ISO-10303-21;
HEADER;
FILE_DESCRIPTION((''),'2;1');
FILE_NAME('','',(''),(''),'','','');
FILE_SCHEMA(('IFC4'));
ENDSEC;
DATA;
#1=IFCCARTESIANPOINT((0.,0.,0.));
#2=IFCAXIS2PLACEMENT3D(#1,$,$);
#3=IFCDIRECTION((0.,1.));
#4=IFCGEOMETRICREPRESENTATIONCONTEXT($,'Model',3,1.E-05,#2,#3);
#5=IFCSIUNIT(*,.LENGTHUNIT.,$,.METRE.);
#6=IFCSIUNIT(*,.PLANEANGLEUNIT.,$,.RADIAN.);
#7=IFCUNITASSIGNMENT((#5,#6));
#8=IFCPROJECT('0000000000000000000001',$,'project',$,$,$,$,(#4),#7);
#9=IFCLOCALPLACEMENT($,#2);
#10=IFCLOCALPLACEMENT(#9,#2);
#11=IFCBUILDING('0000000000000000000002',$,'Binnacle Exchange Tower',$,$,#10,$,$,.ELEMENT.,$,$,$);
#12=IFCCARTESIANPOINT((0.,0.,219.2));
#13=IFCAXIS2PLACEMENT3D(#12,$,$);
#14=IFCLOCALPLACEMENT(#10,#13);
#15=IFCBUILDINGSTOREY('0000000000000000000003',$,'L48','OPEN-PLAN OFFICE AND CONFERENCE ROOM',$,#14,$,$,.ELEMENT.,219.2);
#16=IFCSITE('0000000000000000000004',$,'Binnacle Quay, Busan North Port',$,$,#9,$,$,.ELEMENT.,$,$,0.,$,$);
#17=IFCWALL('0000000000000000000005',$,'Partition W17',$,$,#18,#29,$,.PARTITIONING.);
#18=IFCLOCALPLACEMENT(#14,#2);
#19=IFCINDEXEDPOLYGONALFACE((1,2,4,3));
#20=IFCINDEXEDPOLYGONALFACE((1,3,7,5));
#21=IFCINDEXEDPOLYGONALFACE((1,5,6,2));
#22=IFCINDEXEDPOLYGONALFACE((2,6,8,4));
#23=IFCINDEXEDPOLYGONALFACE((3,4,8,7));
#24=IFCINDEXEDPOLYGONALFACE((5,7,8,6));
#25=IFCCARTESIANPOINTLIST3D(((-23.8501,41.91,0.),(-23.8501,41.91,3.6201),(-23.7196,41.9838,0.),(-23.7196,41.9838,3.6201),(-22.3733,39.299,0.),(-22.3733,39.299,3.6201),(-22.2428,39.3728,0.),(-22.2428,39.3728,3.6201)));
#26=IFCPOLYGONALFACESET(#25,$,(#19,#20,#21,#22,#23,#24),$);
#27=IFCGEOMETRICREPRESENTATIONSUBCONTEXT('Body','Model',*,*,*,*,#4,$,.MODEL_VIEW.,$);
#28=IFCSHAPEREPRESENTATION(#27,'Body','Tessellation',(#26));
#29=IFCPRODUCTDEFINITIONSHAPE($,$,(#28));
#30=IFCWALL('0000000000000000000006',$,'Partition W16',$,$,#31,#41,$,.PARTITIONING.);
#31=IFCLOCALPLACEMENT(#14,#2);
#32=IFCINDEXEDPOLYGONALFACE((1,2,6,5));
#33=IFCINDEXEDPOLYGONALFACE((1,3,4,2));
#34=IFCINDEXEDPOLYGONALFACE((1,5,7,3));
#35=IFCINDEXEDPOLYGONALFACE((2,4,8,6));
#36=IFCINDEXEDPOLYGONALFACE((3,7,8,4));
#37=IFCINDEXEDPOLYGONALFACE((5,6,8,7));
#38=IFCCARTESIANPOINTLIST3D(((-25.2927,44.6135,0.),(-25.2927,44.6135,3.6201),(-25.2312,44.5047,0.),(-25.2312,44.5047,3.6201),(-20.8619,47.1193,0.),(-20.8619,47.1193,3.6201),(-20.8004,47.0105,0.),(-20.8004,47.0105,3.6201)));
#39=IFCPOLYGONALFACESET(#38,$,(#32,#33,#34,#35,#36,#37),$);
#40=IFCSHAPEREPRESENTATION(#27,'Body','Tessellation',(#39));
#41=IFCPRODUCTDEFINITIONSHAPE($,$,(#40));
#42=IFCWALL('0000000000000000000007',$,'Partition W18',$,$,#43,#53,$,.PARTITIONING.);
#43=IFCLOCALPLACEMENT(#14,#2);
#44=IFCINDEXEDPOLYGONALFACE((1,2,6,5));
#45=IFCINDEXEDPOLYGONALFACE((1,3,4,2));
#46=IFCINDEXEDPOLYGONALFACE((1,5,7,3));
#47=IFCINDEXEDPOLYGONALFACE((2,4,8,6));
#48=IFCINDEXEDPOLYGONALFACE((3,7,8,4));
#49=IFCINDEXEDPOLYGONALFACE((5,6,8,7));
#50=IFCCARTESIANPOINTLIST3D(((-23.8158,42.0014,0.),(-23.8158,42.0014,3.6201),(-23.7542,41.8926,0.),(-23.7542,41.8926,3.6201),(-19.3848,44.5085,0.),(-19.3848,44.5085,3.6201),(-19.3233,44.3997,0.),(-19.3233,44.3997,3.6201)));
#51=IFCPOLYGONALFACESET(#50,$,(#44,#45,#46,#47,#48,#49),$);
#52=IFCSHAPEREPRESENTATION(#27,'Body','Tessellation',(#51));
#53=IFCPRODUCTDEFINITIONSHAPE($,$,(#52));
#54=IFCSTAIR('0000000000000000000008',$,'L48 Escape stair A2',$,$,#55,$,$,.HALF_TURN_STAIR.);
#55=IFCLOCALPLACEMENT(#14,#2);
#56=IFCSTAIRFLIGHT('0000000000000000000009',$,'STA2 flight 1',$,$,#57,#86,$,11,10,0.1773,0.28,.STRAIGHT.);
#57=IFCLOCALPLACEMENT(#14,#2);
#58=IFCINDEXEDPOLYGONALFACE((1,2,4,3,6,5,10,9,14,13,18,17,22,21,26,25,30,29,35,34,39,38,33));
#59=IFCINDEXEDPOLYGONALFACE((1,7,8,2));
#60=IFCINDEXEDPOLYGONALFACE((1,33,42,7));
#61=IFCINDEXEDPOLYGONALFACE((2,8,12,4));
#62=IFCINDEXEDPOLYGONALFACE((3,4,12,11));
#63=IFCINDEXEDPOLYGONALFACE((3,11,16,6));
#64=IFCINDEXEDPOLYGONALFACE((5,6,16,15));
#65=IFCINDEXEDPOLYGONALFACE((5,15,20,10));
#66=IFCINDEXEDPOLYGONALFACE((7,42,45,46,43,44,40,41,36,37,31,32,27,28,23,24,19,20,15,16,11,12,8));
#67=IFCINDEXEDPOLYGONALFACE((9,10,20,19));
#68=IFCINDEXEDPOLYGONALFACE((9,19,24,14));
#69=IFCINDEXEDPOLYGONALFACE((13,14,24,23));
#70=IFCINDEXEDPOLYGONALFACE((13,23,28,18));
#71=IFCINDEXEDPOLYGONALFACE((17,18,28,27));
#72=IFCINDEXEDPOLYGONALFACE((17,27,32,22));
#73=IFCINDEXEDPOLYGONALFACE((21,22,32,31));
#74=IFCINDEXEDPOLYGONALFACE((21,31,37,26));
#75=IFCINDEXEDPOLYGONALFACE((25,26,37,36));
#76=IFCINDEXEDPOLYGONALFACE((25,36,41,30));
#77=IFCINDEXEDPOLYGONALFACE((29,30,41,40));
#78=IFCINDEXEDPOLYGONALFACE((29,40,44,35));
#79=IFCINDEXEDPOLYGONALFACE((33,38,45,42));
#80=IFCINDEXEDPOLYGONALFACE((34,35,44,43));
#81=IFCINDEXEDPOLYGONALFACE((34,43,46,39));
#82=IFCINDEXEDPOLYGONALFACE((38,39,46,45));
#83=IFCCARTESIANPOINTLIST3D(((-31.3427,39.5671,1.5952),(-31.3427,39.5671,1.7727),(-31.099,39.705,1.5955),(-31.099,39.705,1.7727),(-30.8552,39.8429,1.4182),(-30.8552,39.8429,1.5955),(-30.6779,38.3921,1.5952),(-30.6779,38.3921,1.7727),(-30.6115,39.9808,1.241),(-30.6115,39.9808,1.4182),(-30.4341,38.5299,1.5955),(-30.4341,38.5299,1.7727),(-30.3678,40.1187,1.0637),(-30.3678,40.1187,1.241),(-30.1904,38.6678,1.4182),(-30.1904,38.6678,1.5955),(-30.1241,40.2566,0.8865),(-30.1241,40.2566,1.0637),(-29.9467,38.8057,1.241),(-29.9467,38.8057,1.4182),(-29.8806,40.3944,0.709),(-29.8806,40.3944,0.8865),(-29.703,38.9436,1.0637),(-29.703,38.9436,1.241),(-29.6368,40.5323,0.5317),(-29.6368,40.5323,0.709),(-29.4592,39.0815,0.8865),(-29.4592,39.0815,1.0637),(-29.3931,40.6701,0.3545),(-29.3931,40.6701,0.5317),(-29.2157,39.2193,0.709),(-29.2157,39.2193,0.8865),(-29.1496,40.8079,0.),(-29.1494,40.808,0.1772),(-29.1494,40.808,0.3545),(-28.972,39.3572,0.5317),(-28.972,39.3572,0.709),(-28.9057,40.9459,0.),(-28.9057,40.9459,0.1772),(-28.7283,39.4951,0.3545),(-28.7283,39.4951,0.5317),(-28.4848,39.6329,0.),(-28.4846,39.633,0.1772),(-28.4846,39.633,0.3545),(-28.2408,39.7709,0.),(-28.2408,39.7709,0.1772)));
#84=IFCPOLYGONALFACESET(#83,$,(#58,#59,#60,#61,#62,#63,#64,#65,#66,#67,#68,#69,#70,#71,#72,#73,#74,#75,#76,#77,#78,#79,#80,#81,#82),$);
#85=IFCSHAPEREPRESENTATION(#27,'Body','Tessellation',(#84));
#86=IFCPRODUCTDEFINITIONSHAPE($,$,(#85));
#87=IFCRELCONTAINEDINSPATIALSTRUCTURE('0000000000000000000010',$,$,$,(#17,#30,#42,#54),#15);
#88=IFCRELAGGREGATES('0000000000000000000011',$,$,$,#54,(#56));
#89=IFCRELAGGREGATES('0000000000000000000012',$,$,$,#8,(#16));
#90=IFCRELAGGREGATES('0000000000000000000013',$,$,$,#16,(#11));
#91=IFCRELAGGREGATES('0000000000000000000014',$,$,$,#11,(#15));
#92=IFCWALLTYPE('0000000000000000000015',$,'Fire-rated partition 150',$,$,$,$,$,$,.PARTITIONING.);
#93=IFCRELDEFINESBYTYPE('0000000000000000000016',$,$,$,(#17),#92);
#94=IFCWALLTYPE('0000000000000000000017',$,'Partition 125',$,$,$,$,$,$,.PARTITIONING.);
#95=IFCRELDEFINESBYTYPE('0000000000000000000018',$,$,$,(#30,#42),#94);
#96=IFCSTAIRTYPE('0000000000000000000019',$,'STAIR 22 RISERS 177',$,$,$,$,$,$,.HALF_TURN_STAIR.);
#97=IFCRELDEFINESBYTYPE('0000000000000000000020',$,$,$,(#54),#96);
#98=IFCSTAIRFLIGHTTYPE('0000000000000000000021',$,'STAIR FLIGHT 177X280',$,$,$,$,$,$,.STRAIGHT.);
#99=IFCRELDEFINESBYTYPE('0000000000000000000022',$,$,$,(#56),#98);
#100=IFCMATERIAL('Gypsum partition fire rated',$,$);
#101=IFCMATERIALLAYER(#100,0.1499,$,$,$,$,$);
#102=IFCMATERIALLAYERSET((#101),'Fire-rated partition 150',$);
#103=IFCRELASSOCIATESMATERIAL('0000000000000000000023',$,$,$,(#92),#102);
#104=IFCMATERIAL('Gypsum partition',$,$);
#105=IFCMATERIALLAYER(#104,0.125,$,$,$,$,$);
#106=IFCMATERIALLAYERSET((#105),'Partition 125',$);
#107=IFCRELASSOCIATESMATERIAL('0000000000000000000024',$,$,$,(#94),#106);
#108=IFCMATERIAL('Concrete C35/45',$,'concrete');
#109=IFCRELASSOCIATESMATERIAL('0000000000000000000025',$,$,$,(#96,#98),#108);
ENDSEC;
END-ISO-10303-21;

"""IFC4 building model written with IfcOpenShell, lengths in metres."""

from ifc_helpers import new_model, si_unit, direction, frame, frame_2d, origin, place, context, subcontext, project, spatial, polyline, rectangle, outline, extrude, material, layer, layer_set, type_object, element, aggregate, save


model = new_model("IFC4")

# Units and contexts
model_context = context("Model", 3, precision=1e-05, world=origin(), true_north=direction((0.0, 1.0)))
body_context = subcontext(model_context, "Body", "Model", "MODEL_VIEW")
ifc_project = project(units=[si_unit("LENGTHUNIT", "METRE"), si_unit("PLANEANGLEUNIT", "RADIAN")], contexts=[model_context])

# Site, building, storey
site_placement = place(None, origin())
site = spatial("IfcSite", under=ifc_project, at=site_placement, Name="Binnacle Quay, Busan North Port", CompositionType="ELEMENT", RefElevation=0.0)
building_placement = place(site_placement, origin())
building = spatial("IfcBuilding", under=site, at=building_placement, Name="Binnacle Exchange Tower", CompositionType="ELEMENT")
storey_placement = place(building_placement, frame((0.0, 0.0, 219.2)))
storey = spatial("IfcBuildingStorey", under=building, at=storey_placement, Name="L48", Description="OPEN-PLAN OFFICE AND CONFERENCE ROOM", CompositionType="ELEMENT", Elevation=219.2)

# Shared definitions
ifc_material_1 = material(Name="Gypsum partition fire rated")
ifc_layer_1 = layer(ifc_material_1, 0.1499)
ifc_layer_set_1 = layer_set([ifc_layer_1], Name="Fire-rated partition 150")
wall_type_1 = type_object("IfcWallType", Name="Fire-rated partition 150", PredefinedType="PARTITIONING", material=ifc_layer_set_1)

# Walls
wall_1_placement = place(storey_placement, frame((-23.7849, 41.947, 0.0), z_axis=(0.0, 0.0, 1.0), x_axis=(0.492304, -0.870423, 0.0)))
element("IfcWall", 1, at=wall_1_placement, inside=storey, type_object=wall_type_1, Name="Partition W17", PredefinedType="PARTITIONING", context=body_context, shape_type="SweptSolid", body=[
    extrude(rectangle(XDim=2.9998, YDim=0.1499, at=frame_2d((1.5, 0.0))), origin(), (0.0, 0.0, 1.0), 3.6201),
])
ifc_material_2 = material(Name="Gypsum partition")
ifc_layer_2 = layer(ifc_material_2, 0.125)
ifc_layer_set_2 = layer_set([ifc_layer_2], Name="Partition 125")
wall_type_2 = type_object("IfcWallType", Name="Partition 125", PredefinedType="PARTITIONING", material=ifc_layer_set_2)
wall_2_placement = place(storey_placement, frame((-25.262, 44.5591, 0.0), z_axis=(0.0, 0.0, 1.0), x_axis=(0.870442, 0.492271, 0.0)))
element("IfcWall", 2, at=wall_2_placement, inside=storey, type_object=wall_type_2, Name="Partition W16", PredefinedType="PARTITIONING", context=body_context, shape_type="SweptSolid", body=[
    extrude(rectangle(XDim=5.0903, YDim=0.125, at=frame_2d((2.5452, 0.0))), origin(), (0.0, 0.0, 1.0), 3.6201),
])
wall_3_placement = place(storey_placement, frame((-23.7849, 41.947, 0.0), z_axis=(0.0, 0.0, 1.0), x_axis=(0.870339, 0.492452, 0.0)))
element("IfcWall", 3, at=wall_3_placement, inside=storey, type_object=wall_type_2, Name="Partition W18", PredefinedType="PARTITIONING", context=body_context, shape_type="SweptSolid", body=[
    extrude(rectangle(XDim=5.0911, YDim=0.125, at=frame_2d((2.5454, 0.0))), origin(), (0.0, 0.0, 1.0), 3.6201),
])

# Stair, stair flight
ifc_material_3 = material(Name="Concrete C35/45", Category="concrete")
stair_type = type_object("IfcStairType", Name="STAIR 22 RISERS 177", PredefinedType="HALF_TURN_STAIR", material=ifc_material_3)
stair_placement = place(storey_placement, origin())
stair = element("IfcStair", 4, at=stair_placement, inside=storey, type_object=stair_type, Name="L48 Escape stair A2", PredefinedType="HALF_TURN_STAIR")
stair_flight_type = type_object("IfcStairFlightType", Name="STAIR FLIGHT 177X280", PredefinedType="STRAIGHT", material=ifc_material_3)
stair_flight_placement = place(storey_placement, frame((-28.5732, 40.3584, 0.0), z_axis=(0.0, 0.0, 1.0), x_axis=(-0.870356, -0.492424, 0.0)))
stair_flight = element("IfcStairFlight", 5, at=stair_flight_placement, type_object=stair_flight_type, Name="STA2 flight 1", NumberOfRisers=11, NumberOfTreads=10, PredefinedType="STRAIGHT", RiserHeight=0.1773, TreadLength=0.28, context=body_context, shape_type="SweptSolid", body=[
    extrude(outline(polyline([(0.0, 0.0), (0.0, 0.1772), (0.28, 0.1772), (0.28, 0.3545), (0.5601, 0.3545), (0.5601, 0.5317), (0.8401, 0.5317), (0.8401, 0.709), (1.1201, 0.709), (1.1201, 0.8865), (1.3999, 0.8865), (1.3999, 1.0637), (1.6799, 1.0637), (1.6799, 1.241), (1.96, 1.241), (1.96, 1.4182), (2.24, 1.4182), (2.24, 1.5955), (2.52, 1.5955), (2.52, 1.7727), (2.8, 1.7727), (2.8, 1.95), (2.8, 1.5952), (0.2803, 0.0), (0.0, 0.0)])), frame((0.0, 0.675, 0.0), z_axis=(0.0, -1.0, 0.0), x_axis=(1.0, 0.0, 0.0)), (0.0, 0.0, 1.0), 1.3501),
])
aggregate(stair, [stair_flight])

save(model, "model.ifc")
